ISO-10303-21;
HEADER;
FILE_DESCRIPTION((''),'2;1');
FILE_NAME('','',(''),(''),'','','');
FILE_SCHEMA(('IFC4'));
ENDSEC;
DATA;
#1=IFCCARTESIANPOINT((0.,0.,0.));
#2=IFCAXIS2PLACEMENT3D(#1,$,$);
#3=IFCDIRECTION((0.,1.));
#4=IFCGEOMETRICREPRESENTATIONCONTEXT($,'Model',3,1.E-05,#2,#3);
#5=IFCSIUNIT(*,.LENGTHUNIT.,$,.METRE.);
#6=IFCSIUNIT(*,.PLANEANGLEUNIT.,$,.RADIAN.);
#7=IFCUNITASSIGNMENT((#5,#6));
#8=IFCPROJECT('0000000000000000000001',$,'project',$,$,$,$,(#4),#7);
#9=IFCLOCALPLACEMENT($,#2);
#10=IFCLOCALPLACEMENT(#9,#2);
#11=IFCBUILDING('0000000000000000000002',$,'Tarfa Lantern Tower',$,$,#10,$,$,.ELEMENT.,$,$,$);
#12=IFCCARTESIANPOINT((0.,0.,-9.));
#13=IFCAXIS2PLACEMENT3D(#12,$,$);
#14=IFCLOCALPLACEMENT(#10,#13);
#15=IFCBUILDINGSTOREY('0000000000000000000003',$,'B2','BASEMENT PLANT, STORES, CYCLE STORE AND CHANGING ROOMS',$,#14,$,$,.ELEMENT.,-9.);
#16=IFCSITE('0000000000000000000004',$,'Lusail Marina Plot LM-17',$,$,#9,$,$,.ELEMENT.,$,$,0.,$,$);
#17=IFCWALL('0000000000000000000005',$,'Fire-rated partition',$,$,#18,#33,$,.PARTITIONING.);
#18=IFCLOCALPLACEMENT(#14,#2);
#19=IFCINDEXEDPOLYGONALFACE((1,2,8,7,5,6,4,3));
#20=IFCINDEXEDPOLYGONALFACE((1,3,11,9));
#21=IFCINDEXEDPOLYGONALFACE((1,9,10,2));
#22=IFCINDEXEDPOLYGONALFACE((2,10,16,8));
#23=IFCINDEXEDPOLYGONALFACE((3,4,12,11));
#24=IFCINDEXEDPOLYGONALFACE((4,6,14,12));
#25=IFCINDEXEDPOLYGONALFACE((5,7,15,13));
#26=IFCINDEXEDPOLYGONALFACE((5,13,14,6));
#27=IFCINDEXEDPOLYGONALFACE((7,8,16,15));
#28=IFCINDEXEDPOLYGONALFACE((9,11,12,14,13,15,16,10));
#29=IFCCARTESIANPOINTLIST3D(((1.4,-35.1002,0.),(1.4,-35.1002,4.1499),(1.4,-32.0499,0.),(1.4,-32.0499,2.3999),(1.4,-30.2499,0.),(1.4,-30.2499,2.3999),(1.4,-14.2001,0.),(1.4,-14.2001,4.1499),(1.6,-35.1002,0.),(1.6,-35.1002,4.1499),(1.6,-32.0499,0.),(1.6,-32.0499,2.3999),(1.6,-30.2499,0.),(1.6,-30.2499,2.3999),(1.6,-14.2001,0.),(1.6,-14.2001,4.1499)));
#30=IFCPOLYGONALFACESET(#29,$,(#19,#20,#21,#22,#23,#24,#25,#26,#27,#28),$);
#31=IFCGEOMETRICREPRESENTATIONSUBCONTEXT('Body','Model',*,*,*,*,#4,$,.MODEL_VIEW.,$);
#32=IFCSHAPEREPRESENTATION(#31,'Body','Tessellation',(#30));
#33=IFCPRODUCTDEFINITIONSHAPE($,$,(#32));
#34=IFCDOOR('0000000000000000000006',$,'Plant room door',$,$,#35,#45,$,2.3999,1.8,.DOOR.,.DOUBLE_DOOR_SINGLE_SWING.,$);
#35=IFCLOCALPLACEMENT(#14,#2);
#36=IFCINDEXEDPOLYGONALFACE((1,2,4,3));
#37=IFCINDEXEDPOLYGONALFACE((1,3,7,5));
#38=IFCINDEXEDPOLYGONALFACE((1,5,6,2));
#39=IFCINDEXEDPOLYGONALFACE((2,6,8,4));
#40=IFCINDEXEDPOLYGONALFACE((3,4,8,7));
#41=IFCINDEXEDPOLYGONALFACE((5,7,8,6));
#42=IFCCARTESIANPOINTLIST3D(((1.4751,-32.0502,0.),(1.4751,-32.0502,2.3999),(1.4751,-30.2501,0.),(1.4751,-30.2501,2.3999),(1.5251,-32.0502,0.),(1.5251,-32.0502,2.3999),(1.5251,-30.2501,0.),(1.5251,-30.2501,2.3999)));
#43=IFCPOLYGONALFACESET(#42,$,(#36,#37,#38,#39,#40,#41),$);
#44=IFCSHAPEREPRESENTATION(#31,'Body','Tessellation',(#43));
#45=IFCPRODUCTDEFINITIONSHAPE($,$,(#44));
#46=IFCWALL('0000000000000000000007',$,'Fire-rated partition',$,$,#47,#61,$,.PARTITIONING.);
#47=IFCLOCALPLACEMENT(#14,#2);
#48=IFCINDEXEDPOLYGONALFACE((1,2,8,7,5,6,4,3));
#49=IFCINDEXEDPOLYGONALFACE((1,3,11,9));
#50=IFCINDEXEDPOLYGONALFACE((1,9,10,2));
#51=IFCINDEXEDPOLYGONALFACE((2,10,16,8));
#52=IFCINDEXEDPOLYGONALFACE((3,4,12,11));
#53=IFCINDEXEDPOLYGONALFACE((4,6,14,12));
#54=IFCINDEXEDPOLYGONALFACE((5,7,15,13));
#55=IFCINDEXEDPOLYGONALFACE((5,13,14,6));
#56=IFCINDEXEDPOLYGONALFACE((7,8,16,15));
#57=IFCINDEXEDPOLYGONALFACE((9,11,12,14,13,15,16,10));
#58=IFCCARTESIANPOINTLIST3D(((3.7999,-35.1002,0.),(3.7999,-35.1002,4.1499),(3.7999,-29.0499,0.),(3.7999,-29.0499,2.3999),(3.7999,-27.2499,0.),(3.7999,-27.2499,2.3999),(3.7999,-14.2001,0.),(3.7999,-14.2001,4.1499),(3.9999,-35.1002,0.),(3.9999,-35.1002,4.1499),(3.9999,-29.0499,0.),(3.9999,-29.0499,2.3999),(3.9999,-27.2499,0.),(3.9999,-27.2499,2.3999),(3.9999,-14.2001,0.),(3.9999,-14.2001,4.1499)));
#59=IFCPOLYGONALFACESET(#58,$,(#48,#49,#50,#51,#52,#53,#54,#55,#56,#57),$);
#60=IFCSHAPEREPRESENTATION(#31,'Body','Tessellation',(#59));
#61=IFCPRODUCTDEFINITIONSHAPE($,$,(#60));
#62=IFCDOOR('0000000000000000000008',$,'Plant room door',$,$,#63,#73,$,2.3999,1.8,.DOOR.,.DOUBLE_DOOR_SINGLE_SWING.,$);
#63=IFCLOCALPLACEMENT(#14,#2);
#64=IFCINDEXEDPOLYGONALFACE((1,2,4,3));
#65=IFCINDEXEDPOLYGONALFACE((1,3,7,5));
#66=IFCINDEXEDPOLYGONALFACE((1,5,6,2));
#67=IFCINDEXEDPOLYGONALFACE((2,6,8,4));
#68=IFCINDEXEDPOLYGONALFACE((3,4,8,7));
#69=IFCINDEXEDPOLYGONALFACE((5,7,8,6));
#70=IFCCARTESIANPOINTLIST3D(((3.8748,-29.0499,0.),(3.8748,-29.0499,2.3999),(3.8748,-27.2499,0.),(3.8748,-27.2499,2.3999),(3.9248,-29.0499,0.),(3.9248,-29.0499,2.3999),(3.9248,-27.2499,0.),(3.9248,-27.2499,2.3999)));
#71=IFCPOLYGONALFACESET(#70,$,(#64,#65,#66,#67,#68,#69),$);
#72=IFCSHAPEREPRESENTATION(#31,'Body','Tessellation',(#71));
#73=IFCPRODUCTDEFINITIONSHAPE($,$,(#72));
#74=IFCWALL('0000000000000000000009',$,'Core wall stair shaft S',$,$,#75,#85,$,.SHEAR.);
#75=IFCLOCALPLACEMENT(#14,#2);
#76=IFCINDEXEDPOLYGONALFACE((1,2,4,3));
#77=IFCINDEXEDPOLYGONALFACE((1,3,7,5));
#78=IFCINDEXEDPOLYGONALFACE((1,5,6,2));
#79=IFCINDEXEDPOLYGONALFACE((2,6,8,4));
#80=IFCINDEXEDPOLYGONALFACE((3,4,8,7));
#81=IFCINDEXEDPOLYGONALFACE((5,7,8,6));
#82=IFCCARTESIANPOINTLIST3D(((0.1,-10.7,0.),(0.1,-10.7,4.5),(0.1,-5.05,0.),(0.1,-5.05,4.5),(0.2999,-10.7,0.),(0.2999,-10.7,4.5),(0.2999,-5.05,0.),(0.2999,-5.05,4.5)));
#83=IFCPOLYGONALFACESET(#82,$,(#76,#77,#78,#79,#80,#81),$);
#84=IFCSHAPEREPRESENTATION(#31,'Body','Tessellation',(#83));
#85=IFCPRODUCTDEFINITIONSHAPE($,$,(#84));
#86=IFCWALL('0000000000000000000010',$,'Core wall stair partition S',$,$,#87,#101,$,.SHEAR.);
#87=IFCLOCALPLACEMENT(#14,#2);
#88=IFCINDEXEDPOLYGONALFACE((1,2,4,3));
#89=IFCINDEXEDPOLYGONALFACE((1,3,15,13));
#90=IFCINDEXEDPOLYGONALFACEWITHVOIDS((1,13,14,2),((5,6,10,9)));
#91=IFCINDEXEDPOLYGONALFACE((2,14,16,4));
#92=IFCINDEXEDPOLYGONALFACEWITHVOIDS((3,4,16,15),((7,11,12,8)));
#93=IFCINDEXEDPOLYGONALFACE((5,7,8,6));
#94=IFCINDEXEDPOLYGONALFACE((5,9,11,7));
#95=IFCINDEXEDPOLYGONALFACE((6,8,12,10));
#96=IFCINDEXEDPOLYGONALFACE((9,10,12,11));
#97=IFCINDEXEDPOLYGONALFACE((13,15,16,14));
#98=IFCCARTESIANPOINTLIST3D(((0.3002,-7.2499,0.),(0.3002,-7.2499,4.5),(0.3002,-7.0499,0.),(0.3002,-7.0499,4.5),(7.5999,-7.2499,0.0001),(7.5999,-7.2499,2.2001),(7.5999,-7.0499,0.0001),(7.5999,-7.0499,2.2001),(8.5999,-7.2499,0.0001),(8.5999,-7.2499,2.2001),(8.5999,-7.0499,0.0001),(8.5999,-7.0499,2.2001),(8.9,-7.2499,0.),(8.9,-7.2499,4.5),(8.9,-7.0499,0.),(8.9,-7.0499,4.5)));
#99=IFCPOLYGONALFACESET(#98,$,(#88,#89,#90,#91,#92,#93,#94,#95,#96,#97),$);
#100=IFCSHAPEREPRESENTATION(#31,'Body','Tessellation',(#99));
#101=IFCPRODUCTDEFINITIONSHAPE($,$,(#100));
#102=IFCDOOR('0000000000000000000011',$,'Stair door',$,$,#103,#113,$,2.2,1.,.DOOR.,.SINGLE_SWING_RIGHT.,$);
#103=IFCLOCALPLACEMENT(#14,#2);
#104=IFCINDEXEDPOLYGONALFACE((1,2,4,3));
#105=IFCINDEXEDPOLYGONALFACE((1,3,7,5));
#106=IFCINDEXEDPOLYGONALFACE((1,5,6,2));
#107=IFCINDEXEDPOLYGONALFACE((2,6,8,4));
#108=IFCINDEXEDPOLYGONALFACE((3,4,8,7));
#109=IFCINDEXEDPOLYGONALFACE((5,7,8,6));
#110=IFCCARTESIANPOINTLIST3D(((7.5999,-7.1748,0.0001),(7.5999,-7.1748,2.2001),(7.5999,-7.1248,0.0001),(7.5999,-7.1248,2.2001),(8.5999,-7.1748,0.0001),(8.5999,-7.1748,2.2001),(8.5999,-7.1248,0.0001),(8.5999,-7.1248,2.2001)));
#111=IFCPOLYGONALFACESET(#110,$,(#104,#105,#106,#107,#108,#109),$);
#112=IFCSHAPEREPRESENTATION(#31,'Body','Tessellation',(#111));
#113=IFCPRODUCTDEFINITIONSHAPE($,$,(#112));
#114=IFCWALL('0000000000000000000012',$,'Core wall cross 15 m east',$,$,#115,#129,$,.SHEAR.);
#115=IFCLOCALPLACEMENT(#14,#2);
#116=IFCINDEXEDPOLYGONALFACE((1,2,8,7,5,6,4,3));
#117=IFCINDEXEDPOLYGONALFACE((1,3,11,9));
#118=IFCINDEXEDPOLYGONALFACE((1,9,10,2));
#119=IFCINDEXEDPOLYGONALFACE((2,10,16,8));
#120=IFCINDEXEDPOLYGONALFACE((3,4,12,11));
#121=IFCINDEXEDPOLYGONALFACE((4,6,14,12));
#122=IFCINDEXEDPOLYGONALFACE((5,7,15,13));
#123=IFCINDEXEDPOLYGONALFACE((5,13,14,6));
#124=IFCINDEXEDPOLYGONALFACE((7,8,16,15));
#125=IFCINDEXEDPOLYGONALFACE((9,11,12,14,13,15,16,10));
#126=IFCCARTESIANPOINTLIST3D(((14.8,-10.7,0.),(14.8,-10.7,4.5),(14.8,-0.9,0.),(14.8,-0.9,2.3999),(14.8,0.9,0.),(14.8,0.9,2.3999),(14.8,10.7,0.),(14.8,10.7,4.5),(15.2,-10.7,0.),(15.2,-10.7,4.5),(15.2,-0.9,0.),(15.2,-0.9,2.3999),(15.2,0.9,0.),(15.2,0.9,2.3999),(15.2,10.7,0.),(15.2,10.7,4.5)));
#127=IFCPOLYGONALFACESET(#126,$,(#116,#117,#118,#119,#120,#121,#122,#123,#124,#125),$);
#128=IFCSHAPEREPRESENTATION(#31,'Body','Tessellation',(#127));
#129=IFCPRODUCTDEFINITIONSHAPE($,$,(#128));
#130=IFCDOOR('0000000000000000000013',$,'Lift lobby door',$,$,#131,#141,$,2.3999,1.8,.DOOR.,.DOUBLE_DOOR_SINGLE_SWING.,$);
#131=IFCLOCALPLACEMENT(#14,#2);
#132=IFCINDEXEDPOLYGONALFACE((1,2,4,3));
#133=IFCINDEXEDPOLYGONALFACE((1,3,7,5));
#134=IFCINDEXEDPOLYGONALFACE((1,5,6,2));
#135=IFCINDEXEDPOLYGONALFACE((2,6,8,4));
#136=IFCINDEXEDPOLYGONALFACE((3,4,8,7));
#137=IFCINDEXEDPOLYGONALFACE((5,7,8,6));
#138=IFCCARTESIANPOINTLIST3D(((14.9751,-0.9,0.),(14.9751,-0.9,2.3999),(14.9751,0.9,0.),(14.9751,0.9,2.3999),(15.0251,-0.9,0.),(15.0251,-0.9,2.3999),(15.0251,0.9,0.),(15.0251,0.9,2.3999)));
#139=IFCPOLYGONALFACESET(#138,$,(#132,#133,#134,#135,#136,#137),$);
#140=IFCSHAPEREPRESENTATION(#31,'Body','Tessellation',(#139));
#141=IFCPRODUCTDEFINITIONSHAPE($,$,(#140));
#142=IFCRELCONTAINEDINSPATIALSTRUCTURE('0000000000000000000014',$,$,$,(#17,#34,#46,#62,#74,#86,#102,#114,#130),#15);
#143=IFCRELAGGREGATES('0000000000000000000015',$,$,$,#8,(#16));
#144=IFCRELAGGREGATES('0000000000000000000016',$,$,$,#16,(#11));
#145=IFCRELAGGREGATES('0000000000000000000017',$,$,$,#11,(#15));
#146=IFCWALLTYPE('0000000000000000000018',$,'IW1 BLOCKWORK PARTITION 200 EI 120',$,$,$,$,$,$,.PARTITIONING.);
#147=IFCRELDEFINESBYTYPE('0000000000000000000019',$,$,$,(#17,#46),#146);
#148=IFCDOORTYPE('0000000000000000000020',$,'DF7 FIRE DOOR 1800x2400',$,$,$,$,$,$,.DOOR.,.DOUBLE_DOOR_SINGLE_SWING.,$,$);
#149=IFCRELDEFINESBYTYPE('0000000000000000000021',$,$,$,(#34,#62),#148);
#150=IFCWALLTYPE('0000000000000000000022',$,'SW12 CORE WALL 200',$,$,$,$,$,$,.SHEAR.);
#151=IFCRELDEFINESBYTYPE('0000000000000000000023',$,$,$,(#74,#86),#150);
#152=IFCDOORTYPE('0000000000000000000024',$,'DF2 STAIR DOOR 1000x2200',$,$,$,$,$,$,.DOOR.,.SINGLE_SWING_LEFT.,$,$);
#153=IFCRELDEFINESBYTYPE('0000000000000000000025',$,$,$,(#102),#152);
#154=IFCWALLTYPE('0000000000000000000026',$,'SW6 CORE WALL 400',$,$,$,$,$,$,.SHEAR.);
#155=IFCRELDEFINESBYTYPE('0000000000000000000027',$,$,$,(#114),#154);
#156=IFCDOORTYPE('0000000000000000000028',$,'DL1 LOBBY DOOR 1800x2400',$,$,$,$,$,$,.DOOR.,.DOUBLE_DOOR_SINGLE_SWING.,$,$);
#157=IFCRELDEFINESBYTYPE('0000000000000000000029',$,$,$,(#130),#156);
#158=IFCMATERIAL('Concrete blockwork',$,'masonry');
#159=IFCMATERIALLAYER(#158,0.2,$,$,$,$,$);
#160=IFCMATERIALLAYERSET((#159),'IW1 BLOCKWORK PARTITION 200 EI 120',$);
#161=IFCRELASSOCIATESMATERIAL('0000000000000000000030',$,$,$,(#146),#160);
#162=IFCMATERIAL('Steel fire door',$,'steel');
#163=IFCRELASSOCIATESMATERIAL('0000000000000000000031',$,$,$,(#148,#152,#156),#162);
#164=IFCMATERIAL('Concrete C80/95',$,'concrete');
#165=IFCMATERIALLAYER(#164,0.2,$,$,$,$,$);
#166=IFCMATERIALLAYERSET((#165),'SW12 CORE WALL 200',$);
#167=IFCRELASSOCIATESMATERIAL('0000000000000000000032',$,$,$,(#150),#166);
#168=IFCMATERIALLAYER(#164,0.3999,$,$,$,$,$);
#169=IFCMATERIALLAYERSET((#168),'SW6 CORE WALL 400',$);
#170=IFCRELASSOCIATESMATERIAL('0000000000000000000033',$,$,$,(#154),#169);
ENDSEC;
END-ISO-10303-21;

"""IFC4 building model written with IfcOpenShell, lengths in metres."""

from ifc_helpers import new_model, si_unit, direction, frame, frame_2d, origin, place, context, subcontext, project, spatial, rectangle, extrude, material, layer, layer_set, type_object, element, fill, save


model = new_model("IFC4")

# Units and contexts
model_context = context("Model", 3, precision=1e-05, world=origin(), true_north=direction((0.0, 1.0)))
body_context = subcontext(model_context, "Body", "Model", "MODEL_VIEW")
ifc_project = project(units=[si_unit("LENGTHUNIT", "METRE"), si_unit("PLANEANGLEUNIT", "RADIAN")], contexts=[model_context])

# Site, building, storey
site_placement = place(None, origin())
site = spatial("IfcSite", under=ifc_project, at=site_placement, Name="Lusail Marina Plot LM-17", CompositionType="ELEMENT", RefElevation=0.0)
building_placement = place(site_placement, origin())
building = spatial("IfcBuilding", under=site, at=building_placement, Name="Tarfa Lantern Tower", CompositionType="ELEMENT")
storey_placement = place(building_placement, frame((0.0, 0.0, -9.0)))
storey = spatial("IfcBuildingStorey", under=building, at=storey_placement, Name="B2", Description="BASEMENT PLANT, STORES, CYCLE STORE AND CHANGING ROOMS", CompositionType="ELEMENT", Elevation=-9.0)

# Shared definitions
ifc_material_1 = material(Name="Concrete blockwork", Category="masonry")
ifc_layer_1 = layer(ifc_material_1, 0.2)
ifc_layer_set_1 = layer_set([ifc_layer_1], Name="IW1 BLOCKWORK PARTITION 200 EI 120")
wall_type_1 = type_object("IfcWallType", Name="IW1 BLOCKWORK PARTITION 200 EI 120", PredefinedType="PARTITIONING", material=ifc_layer_set_1)

# Walls, openings, doors
wall_1_placement = place(storey_placement, frame((1.5, -14.2, 0.0), z_axis=(0.0, 0.0, 1.0), x_axis=(0.0, -1.0, 0.0)))
wall_1 = element("IfcWall", 1, at=wall_1_placement, inside=storey, type_object=wall_type_1, Name="Fire-rated partition", PredefinedType="PARTITIONING", context=body_context, shape_type="SweptSolid", body=[
    extrude(rectangle(XDim=20.9001, YDim=0.2, at=frame_2d((10.4502, 0.0))), origin(), (0.0, 0.0, 1.0), 4.1499),
])
opening_1_placement = place(wall_1_placement, frame((16.05, 0.0, 0.0)))
opening_1 = element("IfcOpeningElement", 2, at=opening_1_placement, cuts=wall_1, PredefinedType="OPENING", context=body_context, shape_type="SweptSolid", body=[
    extrude(rectangle(XDim=1.8, YDim=2.3999, at=frame_2d((0.8999, 1.2))), frame((0.0, 0.1099, 0.0), z_axis=(0.0, -1.0, 0.0), x_axis=(1.0, 0.0, 0.0)), (0.0, 0.0, 1.0), 0.22),
])
ifc_material_2 = material(Name="Steel fire door", Category="steel")
door_type_1 = type_object("IfcDoorType", Name="DF7 FIRE DOOR 1800x2400", OperationType="DOUBLE_DOOR_SINGLE_SWING", PredefinedType="DOOR", material=ifc_material_2)
door_1_placement = place(opening_1_placement, frame((1.8, 0.0, 0.0), z_axis=(0.0, 0.0, 1.0), x_axis=(-1.0, 0.0, 0.0)))
door_1 = element("IfcDoor", 3, at=door_1_placement, inside=storey, type_object=door_type_1, Name="Plant room door", OperationType="DOUBLE_DOOR_SINGLE_SWING", OverallHeight=2.3999, OverallWidth=1.8, PredefinedType="DOOR", context=body_context, shape_type="SweptSolid", body=[
    extrude(rectangle(XDim=1.8, YDim=2.3999, at=frame_2d((0.8999, 1.2))), frame((0.0, 0.0249, 0.0), z_axis=(0.0, -1.0, 0.0), x_axis=(1.0, 0.0, 0.0)), (0.0, 0.0, 1.0), 0.05),
])
fill(opening_1, door_1)
wall_2_placement = place(storey_placement, frame((3.8999, -14.2, 0.0), z_axis=(0.0, 0.0, 1.0), x_axis=(0.0, -1.0, 0.0)))
wall_2 = element("IfcWall", 4, at=wall_2_placement, inside=storey, type_object=wall_type_1, Name="Fire-rated partition", PredefinedType="PARTITIONING", context=body_context, shape_type="SweptSolid", body=[
    extrude(rectangle(XDim=20.9001, YDim=0.2, at=frame_2d((10.4502, 0.0))), origin(), (0.0, 0.0, 1.0), 4.1499),
])
opening_2_placement = place(wall_2_placement, frame((13.05, 0.0, 0.0)))
opening_2 = element("IfcOpeningElement", 5, at=opening_2_placement, cuts=wall_2, PredefinedType="OPENING", context=body_context, shape_type="SweptSolid", body=[
    extrude(rectangle(XDim=1.8, YDim=2.3999, at=frame_2d((0.8999, 1.2))), frame((0.0, 0.1099, 0.0), z_axis=(0.0, -1.0, 0.0), x_axis=(1.0, 0.0, 0.0)), (0.0, 0.0, 1.0), 0.22),
])
door_2_placement = place(opening_2_placement, origin())
door_2 = element("IfcDoor", 6, at=door_2_placement, inside=storey, type_object=door_type_1, Name="Plant room door", OperationType="DOUBLE_DOOR_SINGLE_SWING", OverallHeight=2.3999, OverallWidth=1.8, PredefinedType="DOOR", context=body_context, shape_type="SweptSolid", body=[
    extrude(rectangle(XDim=1.8, YDim=2.3999, at=frame_2d((0.8999, 1.2))), frame((0.0, 0.0249, 0.0), z_axis=(0.0, -1.0, 0.0), x_axis=(1.0, 0.0, 0.0)), (0.0, 0.0, 1.0), 0.05),
])
fill(opening_2, door_2)

# Wall
ifc_material_3 = material(Name="Concrete C80/95", Category="concrete")
ifc_layer_2 = layer(ifc_material_3, 0.2)
ifc_layer_set_2 = layer_set([ifc_layer_2], Name="SW12 CORE WALL 200")
wall_type_2 = type_object("IfcWallType", Name="SW12 CORE WALL 200", PredefinedType="SHEAR", material=ifc_layer_set_2)
wall_3_placement = place(storey_placement, frame((0.2, -5.05, 0.0), z_axis=(0.0, 0.0, 1.0), x_axis=(0.0, -1.0, 0.0)))
element("IfcWall", 7, at=wall_3_placement, inside=storey, type_object=wall_type_2, Name="Core wall stair shaft S", PredefinedType="SHEAR", context=body_context, shape_type="SweptSolid", body=[
    extrude(rectangle(XDim=5.6499, YDim=0.2, at=frame_2d((2.825, 0.0))), origin(), (0.0, 0.0, 1.0), 4.5),
])

# Walls, openings, doors
wall_4_placement = place(storey_placement, frame((8.8999, -7.1499, 0.0), z_axis=(0.0, 0.0, 1.0), x_axis=(-1.0, 0.0, 0.0)))
wall_4 = element("IfcWall", 8, at=wall_4_placement, inside=storey, type_object=wall_type_2, Name="Core wall stair partition S", PredefinedType="SHEAR", context=body_context, shape_type="SweptSolid", body=[
    extrude(rectangle(XDim=8.5999, YDim=0.2, at=frame_2d((4.2998, 0.0))), origin(), (0.0, 0.0, 1.0), 4.5),
])
opening_3_placement = place(wall_4_placement, frame((0.3, 0.0, 0.0)))
opening_3 = element("IfcOpeningElement", 9, at=opening_3_placement, cuts=wall_4, PredefinedType="OPENING", context=body_context, shape_type="SweptSolid", body=[
    extrude(rectangle(XDim=1.0, YDim=2.2, at=frame_2d((0.5, 1.1001))), frame((0.0, 0.1099, 0.0), z_axis=(0.0, -1.0, 0.0), x_axis=(1.0, 0.0, 0.0)), (0.0, 0.0, 1.0), 0.22),
])
door_type_2 = type_object("IfcDoorType", Name="DF2 STAIR DOOR 1000x2200", OperationType="SINGLE_SWING_LEFT", PredefinedType="DOOR", material=ifc_material_2)
door_3_placement = place(opening_3_placement, origin())
door_3 = element("IfcDoor", 10, at=door_3_placement, inside=storey, type_object=door_type_2, Name="Stair door", OperationType="SINGLE_SWING_RIGHT", OverallHeight=2.2, OverallWidth=1.0, PredefinedType="DOOR", context=body_context, shape_type="SweptSolid", body=[
    extrude(rectangle(XDim=1.0, YDim=2.2, at=frame_2d((0.5, 1.1001))), frame((0.0, 0.0249, 0.0), z_axis=(0.0, -1.0, 0.0), x_axis=(1.0, 0.0, 0.0)), (0.0, 0.0, 1.0), 0.05),
])
fill(opening_3, door_3)
ifc_layer_3 = layer(ifc_material_3, 0.3999)
ifc_layer_set_3 = layer_set([ifc_layer_3], Name="SW6 CORE WALL 400")
wall_type_3 = type_object("IfcWallType", Name="SW6 CORE WALL 400", PredefinedType="SHEAR", material=ifc_layer_set_3)
wall_5_placement = place(storey_placement, frame((15.0, -10.7, 0.0), z_axis=(0.0, 0.0, 1.0), x_axis=(0.0, 1.0, 0.0)))
wall_5 = element("IfcWall", 11, at=wall_5_placement, inside=storey, type_object=wall_type_3, Name="Core wall cross 15 m east", PredefinedType="SHEAR", context=body_context, shape_type="SweptSolid", body=[
    extrude(rectangle(XDim=21.3999, YDim=0.3999, at=frame_2d((10.7, 0.0))), origin(), (0.0, 0.0, 1.0), 4.5),
])
opening_4_placement = place(wall_5_placement, frame((9.8, 0.0, 0.0)))
opening_4 = element("IfcOpeningElement", 12, at=opening_4_placement, cuts=wall_5, PredefinedType="OPENING", context=body_context, shape_type="SweptSolid", body=[
    extrude(rectangle(XDim=1.8, YDim=2.3999, at=frame_2d((0.8999, 1.2))), frame((0.0, 0.21, 0.0), z_axis=(0.0, -1.0, 0.0), x_axis=(1.0, 0.0, 0.0)), (0.0, 0.0, 1.0), 0.4199),
])
door_type_3 = type_object("IfcDoorType", Name="DL1 LOBBY DOOR 1800x2400", OperationType="DOUBLE_DOOR_SINGLE_SWING", PredefinedType="DOOR", material=ifc_material_2)
door_4_placement = place(opening_4_placement, origin())
door_4 = element("IfcDoor", 13, at=door_4_placement, inside=storey, type_object=door_type_3, Name="Lift lobby door", OperationType="DOUBLE_DOOR_SINGLE_SWING", OverallHeight=2.3999, OverallWidth=1.8, PredefinedType="DOOR", context=body_context, shape_type="SweptSolid", body=[
    extrude(rectangle(XDim=1.8, YDim=2.3999, at=frame_2d((0.8999, 1.2))), frame((0.0, 0.0249, 0.0), z_axis=(0.0, -1.0, 0.0), x_axis=(1.0, 0.0, 0.0)), (0.0, 0.0, 1.0), 0.05),
])
fill(opening_4, door_4)

save(model, "model.ifc")
